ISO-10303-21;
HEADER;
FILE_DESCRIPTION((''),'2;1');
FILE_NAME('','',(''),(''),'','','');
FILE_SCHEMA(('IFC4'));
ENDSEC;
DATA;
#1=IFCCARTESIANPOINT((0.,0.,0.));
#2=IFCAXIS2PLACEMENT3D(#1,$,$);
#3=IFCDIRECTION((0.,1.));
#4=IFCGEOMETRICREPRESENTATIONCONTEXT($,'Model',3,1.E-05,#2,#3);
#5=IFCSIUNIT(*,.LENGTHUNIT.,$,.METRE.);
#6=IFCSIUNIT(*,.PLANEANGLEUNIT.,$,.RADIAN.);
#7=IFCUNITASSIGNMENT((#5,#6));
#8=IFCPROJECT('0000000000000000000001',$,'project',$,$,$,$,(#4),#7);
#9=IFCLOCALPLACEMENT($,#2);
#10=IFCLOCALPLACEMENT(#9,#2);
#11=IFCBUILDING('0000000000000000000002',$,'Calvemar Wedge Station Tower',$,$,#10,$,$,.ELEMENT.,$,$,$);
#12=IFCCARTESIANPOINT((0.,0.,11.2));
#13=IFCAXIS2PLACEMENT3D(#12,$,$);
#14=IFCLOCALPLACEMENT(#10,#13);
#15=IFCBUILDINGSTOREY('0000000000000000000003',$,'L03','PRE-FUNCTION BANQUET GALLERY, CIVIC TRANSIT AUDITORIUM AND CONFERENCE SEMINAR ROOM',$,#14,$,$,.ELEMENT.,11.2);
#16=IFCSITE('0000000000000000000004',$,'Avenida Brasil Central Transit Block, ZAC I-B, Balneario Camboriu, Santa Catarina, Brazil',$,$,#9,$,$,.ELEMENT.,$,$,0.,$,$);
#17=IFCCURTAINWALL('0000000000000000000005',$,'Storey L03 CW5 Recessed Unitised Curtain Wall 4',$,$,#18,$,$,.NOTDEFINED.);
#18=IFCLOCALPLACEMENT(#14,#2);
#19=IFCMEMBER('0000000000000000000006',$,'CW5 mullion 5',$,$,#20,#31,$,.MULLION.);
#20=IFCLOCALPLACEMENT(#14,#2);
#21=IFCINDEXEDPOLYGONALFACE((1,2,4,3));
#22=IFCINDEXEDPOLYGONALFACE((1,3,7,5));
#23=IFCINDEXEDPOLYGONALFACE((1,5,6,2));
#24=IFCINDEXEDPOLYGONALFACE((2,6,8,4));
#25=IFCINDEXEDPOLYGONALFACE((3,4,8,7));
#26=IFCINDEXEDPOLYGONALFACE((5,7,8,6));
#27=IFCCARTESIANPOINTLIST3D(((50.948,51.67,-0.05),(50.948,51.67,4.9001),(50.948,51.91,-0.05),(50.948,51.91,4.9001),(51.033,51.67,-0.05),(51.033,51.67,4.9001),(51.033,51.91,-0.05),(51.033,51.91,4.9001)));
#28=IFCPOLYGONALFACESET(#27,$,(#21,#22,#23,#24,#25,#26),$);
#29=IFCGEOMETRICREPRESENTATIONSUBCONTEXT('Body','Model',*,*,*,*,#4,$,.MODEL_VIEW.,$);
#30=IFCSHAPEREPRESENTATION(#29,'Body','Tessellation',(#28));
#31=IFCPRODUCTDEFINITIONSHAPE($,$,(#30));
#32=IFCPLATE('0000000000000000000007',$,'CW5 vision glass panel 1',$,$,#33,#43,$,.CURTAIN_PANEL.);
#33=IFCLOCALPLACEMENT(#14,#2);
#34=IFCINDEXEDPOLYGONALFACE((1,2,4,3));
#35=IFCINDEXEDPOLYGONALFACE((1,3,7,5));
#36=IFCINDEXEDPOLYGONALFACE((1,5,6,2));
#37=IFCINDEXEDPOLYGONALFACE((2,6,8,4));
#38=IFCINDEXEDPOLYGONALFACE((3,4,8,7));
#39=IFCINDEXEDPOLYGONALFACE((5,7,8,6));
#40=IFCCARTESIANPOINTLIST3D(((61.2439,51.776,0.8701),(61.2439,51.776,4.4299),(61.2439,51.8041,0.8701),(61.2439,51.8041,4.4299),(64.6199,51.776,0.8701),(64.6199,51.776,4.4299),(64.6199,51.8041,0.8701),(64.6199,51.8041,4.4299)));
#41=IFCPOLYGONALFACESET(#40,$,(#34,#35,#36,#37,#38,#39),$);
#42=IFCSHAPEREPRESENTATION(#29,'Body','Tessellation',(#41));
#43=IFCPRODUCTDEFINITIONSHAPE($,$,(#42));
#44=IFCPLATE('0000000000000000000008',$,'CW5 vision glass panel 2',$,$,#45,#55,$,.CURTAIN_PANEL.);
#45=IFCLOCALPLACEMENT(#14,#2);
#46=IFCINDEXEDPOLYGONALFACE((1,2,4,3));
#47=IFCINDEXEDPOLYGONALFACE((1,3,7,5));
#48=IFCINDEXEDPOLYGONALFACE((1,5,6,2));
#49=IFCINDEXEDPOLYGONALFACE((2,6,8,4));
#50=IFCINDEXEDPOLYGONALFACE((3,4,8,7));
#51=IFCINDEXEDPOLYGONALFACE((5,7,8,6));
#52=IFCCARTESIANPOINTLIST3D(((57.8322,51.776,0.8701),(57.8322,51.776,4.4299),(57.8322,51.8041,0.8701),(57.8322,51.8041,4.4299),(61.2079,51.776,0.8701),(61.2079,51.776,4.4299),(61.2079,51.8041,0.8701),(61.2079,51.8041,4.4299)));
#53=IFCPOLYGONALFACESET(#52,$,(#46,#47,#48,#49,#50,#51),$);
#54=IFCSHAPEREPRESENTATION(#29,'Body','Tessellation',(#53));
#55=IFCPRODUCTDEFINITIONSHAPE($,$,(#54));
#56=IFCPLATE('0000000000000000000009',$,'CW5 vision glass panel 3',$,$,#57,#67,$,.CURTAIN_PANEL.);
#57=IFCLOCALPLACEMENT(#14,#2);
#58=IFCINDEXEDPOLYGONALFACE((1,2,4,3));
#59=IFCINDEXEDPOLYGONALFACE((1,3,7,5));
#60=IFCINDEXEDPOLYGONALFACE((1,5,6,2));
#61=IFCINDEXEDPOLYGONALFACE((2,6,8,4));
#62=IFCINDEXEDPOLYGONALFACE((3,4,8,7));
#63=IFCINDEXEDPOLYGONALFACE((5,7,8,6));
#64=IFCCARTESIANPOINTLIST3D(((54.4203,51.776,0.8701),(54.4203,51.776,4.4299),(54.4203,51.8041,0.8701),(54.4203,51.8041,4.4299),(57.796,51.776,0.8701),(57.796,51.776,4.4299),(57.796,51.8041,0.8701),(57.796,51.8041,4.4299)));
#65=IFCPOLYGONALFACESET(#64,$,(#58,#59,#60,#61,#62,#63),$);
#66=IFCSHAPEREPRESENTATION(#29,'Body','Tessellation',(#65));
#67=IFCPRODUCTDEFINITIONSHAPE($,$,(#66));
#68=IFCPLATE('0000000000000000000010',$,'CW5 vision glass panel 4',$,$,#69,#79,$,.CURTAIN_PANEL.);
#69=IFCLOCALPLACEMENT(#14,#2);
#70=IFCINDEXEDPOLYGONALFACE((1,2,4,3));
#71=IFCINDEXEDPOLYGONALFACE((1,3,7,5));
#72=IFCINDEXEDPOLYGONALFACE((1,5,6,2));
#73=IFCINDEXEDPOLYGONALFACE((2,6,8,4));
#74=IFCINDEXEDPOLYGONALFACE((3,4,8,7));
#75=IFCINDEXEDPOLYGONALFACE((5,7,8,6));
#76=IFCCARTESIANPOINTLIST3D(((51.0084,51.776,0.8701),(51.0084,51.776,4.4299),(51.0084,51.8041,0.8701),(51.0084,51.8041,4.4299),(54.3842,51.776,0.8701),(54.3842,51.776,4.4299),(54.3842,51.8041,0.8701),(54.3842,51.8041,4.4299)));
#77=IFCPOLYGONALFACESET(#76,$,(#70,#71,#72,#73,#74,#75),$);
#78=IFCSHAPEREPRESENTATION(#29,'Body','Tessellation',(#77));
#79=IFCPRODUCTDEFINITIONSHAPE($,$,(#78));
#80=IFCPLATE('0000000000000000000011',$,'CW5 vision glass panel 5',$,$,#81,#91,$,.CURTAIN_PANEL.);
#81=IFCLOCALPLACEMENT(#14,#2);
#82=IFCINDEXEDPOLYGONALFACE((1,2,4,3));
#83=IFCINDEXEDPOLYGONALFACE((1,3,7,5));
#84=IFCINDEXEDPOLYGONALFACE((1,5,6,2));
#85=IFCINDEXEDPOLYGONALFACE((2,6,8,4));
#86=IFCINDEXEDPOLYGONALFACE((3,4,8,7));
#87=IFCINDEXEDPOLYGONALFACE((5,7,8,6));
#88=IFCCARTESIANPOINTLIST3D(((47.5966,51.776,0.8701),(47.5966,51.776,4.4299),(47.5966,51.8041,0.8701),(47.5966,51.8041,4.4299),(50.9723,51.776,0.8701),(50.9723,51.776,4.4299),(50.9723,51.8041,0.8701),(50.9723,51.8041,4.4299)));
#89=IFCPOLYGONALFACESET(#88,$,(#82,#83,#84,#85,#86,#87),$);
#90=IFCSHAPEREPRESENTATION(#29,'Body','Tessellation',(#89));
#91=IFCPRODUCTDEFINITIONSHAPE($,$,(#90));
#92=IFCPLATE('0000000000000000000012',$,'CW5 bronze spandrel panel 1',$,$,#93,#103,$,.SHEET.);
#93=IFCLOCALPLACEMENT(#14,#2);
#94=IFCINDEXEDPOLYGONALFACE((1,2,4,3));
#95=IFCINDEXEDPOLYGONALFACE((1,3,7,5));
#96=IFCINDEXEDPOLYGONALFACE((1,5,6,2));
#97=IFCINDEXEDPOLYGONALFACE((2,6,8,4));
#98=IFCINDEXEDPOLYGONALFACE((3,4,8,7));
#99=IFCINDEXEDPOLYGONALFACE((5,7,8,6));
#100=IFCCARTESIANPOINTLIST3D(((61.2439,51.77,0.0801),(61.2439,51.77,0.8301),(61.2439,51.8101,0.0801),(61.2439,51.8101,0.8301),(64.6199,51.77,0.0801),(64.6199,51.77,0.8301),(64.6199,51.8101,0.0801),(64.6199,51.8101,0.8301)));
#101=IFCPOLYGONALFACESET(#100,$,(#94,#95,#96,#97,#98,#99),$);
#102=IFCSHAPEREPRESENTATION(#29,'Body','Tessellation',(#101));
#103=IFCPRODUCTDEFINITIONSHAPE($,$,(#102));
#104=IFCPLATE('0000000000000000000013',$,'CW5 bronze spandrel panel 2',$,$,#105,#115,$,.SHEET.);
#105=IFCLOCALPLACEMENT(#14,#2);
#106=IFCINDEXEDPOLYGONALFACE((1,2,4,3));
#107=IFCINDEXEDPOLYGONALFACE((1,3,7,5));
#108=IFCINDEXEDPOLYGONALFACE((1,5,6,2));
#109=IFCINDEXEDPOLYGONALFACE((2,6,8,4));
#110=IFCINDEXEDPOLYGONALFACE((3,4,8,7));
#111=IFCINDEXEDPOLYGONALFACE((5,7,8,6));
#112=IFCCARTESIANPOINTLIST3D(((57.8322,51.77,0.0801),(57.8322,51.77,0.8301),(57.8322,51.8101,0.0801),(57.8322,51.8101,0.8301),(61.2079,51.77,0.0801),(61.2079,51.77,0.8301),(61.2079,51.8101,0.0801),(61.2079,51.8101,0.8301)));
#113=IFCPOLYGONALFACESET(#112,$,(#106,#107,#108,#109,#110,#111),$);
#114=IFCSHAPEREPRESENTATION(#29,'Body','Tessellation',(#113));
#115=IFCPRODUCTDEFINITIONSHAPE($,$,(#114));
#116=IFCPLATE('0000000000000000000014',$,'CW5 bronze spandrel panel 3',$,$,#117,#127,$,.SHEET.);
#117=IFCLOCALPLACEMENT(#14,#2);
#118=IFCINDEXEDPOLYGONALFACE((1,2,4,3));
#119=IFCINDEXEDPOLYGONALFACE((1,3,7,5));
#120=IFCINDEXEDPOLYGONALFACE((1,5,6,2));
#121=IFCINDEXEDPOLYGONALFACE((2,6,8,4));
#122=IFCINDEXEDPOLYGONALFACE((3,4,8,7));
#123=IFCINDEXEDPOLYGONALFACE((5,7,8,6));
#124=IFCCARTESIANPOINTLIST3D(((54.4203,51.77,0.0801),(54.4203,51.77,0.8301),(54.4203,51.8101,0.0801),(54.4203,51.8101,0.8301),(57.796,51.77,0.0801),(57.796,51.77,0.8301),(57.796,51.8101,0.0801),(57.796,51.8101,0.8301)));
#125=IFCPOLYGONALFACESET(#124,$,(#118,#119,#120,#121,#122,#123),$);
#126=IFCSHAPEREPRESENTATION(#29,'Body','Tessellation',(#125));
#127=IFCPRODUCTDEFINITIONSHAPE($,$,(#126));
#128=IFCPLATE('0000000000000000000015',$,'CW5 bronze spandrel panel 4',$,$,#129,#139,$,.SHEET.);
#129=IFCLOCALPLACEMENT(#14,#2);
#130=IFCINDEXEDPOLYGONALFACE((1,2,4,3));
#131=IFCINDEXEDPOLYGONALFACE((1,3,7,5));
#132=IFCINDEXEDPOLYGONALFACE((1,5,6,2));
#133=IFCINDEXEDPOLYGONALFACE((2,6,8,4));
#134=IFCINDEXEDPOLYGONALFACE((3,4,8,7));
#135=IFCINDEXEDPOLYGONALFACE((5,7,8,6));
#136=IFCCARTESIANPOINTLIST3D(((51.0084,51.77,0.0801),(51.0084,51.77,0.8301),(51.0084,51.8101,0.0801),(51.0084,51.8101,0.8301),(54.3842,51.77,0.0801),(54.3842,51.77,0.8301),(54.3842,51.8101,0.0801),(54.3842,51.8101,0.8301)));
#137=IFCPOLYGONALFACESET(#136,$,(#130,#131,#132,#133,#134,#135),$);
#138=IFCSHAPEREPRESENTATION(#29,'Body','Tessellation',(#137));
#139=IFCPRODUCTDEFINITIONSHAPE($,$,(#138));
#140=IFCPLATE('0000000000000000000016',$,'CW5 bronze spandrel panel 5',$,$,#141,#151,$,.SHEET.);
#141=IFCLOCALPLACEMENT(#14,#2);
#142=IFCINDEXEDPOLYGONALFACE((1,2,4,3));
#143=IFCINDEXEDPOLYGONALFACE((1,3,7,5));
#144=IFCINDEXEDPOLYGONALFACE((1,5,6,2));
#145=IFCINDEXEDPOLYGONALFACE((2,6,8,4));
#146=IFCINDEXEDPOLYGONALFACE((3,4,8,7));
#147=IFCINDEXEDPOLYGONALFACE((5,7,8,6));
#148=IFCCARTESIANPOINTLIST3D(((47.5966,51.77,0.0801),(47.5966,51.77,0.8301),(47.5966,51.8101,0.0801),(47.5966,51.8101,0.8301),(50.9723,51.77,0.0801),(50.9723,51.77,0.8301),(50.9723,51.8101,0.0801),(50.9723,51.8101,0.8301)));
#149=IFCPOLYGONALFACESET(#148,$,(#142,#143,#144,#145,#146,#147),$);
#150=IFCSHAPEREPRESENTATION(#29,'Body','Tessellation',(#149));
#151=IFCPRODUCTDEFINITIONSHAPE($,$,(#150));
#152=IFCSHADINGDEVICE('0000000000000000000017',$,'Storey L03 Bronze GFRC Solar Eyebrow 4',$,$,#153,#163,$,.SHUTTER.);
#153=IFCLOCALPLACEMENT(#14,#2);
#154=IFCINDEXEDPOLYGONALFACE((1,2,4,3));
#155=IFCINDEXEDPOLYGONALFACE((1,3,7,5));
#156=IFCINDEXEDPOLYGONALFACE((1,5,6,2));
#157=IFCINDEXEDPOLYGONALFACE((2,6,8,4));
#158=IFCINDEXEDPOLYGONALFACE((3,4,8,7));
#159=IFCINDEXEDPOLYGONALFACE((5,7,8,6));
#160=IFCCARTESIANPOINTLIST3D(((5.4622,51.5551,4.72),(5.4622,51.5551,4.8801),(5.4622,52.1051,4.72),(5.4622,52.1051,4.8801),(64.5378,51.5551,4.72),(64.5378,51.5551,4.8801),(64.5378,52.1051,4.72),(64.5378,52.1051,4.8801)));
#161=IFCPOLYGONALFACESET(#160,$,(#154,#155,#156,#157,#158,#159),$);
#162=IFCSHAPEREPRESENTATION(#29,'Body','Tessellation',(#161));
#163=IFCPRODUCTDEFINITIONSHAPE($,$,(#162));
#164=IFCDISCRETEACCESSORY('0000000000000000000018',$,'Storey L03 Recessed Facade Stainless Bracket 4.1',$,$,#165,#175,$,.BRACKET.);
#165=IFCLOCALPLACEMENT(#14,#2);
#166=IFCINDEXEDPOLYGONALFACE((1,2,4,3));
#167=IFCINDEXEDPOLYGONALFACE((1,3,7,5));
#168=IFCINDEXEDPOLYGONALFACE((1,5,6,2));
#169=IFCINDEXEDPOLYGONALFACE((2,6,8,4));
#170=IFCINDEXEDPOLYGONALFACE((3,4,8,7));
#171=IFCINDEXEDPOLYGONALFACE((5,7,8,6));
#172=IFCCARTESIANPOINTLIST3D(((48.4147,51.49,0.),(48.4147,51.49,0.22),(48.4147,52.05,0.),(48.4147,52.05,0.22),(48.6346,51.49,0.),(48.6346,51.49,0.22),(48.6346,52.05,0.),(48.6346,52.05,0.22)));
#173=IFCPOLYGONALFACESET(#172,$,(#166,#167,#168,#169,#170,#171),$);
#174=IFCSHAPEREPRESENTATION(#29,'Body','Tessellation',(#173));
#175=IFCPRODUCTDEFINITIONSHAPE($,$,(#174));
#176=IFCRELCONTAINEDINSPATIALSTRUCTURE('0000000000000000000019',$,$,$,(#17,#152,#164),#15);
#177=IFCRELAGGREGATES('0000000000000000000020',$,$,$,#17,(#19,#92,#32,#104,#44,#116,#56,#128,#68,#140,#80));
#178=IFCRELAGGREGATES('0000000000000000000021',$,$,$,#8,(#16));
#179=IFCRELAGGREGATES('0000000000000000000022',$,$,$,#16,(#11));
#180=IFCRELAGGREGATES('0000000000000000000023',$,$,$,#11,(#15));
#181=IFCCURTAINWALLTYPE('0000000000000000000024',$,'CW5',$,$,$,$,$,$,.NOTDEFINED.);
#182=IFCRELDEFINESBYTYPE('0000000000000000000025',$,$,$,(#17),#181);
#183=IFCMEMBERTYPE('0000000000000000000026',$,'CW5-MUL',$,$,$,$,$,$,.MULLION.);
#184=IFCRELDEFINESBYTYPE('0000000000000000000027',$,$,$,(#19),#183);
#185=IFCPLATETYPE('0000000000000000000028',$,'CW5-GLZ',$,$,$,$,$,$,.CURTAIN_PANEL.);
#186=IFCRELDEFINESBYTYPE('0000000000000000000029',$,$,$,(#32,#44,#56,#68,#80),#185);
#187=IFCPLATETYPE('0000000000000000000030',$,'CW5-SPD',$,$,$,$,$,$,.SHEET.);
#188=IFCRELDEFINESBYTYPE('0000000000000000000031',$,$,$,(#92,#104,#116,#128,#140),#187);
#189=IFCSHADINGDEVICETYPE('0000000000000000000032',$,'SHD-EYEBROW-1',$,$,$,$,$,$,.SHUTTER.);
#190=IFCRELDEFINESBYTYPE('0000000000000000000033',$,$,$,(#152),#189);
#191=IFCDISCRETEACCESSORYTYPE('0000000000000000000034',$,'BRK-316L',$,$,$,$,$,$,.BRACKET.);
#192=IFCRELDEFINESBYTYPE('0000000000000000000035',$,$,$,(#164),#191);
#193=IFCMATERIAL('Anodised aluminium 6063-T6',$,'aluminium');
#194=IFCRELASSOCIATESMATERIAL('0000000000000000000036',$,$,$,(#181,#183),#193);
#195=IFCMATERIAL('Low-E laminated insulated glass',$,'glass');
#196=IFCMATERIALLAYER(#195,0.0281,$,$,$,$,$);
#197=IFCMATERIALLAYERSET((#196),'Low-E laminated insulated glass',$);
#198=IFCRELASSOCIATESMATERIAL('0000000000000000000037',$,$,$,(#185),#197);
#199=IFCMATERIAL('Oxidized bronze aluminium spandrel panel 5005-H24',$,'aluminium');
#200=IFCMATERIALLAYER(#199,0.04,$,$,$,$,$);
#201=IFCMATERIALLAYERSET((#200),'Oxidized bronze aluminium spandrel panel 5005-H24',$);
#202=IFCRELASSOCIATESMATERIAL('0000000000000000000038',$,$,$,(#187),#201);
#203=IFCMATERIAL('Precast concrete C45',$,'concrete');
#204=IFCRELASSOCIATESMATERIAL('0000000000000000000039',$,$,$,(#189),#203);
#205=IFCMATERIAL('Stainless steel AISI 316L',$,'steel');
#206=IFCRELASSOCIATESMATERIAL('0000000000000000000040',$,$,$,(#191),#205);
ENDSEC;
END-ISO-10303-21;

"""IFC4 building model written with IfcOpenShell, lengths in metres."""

from ifc_helpers import new_model, si_unit, direction, frame, frame_2d, origin, origin_2d, place, context, subcontext, project, spatial, rectangle, extrude, source, transform, mapped, material, layer, layer_set, material_profile, profile_set, type_object, element, aggregate, save


model = new_model("IFC4")

# Units and contexts
model_context = context("Model", 3, precision=1e-05, world=origin(), true_north=direction((0.0, 1.0)))
body_context = subcontext(model_context, "Body", "Model", "MODEL_VIEW")
ifc_project = project(units=[si_unit("LENGTHUNIT", "METRE"), si_unit("PLANEANGLEUNIT", "RADIAN")], contexts=[model_context])

# Site, building, storey
site_placement = place(None, origin())
site = spatial("IfcSite", under=ifc_project, at=site_placement, Name="Avenida Brasil Central Transit Block, ZAC I-B, Balneario Camboriu, Santa Catarina, Brazil", CompositionType="ELEMENT", RefElevation=0.0)
building_placement = place(site_placement, origin())
building = spatial("IfcBuilding", under=site, at=building_placement, Name="Calvemar Wedge Station Tower", CompositionType="ELEMENT")
storey_placement = place(building_placement, frame((0.0, 0.0, 11.2)))
storey = spatial("IfcBuildingStorey", under=building, at=storey_placement, Name="L03", Description="PRE-FUNCTION BANQUET GALLERY, CIVIC TRANSIT AUDITORIUM AND CONFERENCE SEMINAR ROOM", CompositionType="ELEMENT", Elevation=11.2)

# Curtain wall, member, plates
ifc_material_1 = material(Name="Anodised aluminium 6063-T6", Category="aluminium")
curtain_wall_type = type_object("IfcCurtainWallType", Name="CW5", PredefinedType="NOTDEFINED", material=ifc_material_1)
curtain_wall_placement = place(storey_placement, origin())
curtain_wall = element("IfcCurtainWall", 1, at=curtain_wall_placement, inside=storey, type_object=curtain_wall_type, Name="Storey L03 CW5 Recessed Unitised Curtain Wall 4", PredefinedType="NOTDEFINED")
ifc_material_profile_1 = material_profile(ifc_material_1, rectangle(XDim=0.085, YDim=0.24, at=origin_2d()), Name="AL-MUL-85x240")
ifc_profile_set_1 = profile_set([ifc_material_profile_1], Name="Anodised aluminium 6063-T6")
member_type = type_object("IfcMemberType", Name="CW5-MUL", PredefinedType="MULLION", material=ifc_profile_set_1)
shared_shape_1 = source(origin(), body_context, "Body", "SweptSolid", [
    extrude(rectangle(XDim=0.085, YDim=0.24, at=origin_2d()), origin(), (0.0, 0.0, 1.0), 4.9502),
])
member_1_placement = place(storey_placement, frame((50.9905, 51.79, -0.05), z_axis=(0.0, 0.0, 1.0), x_axis=(1.0, 0.0, 0.0)))
member_1 = element("IfcMember", 2, at=member_1_placement, type_object=member_type, Name="CW5 mullion 5", PredefinedType="MULLION", context=body_context, shape_type="MappedRepresentation", body=[
    mapped(shared_shape_1, transform((0.0, 0.0, 0.0), scale=1.0)),
])
ifc_material_2 = material(Name="Low-E laminated insulated glass", Category="glass")
ifc_layer_1 = layer(ifc_material_2, 0.0281)
ifc_layer_set_1 = layer_set([ifc_layer_1], Name="Low-E laminated insulated glass")
plate_type_1 = type_object("IfcPlateType", Name="CW5-GLZ", PredefinedType="CURTAIN_PANEL", material=ifc_layer_set_1)
plate_1_placement = place(storey_placement, frame((64.6199, 51.79, 0.8701), z_axis=(0.0, 0.0, 1.0), x_axis=(-1.0, 0.0, 0.0)))
plate_1 = element("IfcPlate", 3, at=plate_1_placement, type_object=plate_type_1, Name="CW5 vision glass panel 1", PredefinedType="CURTAIN_PANEL", context=body_context, shape_type="SweptSolid", body=[
    extrude(rectangle(XDim=3.376, YDim=0.0281, at=frame_2d((1.688, 0.0))), origin(), (0.0, 0.0, 1.0), 3.5598),
])
plate_2_placement = place(storey_placement, frame((61.208, 51.79, 0.8701), z_axis=(0.0, 0.0, 1.0), x_axis=(-1.0, 0.0, 0.0)))
plate_2 = element("IfcPlate", 4, at=plate_2_placement, type_object=plate_type_1, Name="CW5 vision glass panel 2", PredefinedType="CURTAIN_PANEL", context=body_context, shape_type="SweptSolid", body=[
    extrude(rectangle(XDim=3.3757, YDim=0.0281, at=frame_2d((1.688, 0.0))), origin(), (0.0, 0.0, 1.0), 3.5598),
])
plate_3_placement = place(storey_placement, frame((57.7961, 51.79, 0.8701), z_axis=(0.0, 0.0, 1.0), x_axis=(-1.0, 0.0, 0.0)))
plate_3 = element("IfcPlate", 5, at=plate_3_placement, type_object=plate_type_1, Name="CW5 vision glass panel 3", PredefinedType="CURTAIN_PANEL", context=body_context, shape_type="SweptSolid", body=[
    extrude(rectangle(XDim=3.3757, YDim=0.0281, at=frame_2d((1.688, 0.0))), origin(), (0.0, 0.0, 1.0), 3.5598),
])
plate_4_placement = place(storey_placement, frame((54.3843, 51.79, 0.8701), z_axis=(0.0, 0.0, 1.0), x_axis=(-1.0, 0.0, 0.0)))
plate_4 = element("IfcPlate", 6, at=plate_4_placement, type_object=plate_type_1, Name="CW5 vision glass panel 4", PredefinedType="CURTAIN_PANEL", context=body_context, shape_type="SweptSolid", body=[
    extrude(rectangle(XDim=3.3757, YDim=0.0281, at=frame_2d((1.688, 0.0))), origin(), (0.0, 0.0, 1.0), 3.5598),
])
plate_5_placement = place(storey_placement, frame((50.9724, 51.79, 0.8701), z_axis=(0.0, 0.0, 1.0), x_axis=(-1.0, 0.0, 0.0)))
plate_5 = element("IfcPlate", 7, at=plate_5_placement, type_object=plate_type_1, Name="CW5 vision glass panel 5", PredefinedType="CURTAIN_PANEL", context=body_context, shape_type="SweptSolid", body=[
    extrude(rectangle(XDim=3.3757, YDim=0.0281, at=frame_2d((1.688, 0.0))), origin(), (0.0, 0.0, 1.0), 3.5598),
])
ifc_material_3 = material(Name="Oxidized bronze aluminium spandrel panel 5005-H24", Category="aluminium")
ifc_layer_2 = layer(ifc_material_3, 0.04)
ifc_layer_set_2 = layer_set([ifc_layer_2], Name="Oxidized bronze aluminium spandrel panel 5005-H24")
plate_type_2 = type_object("IfcPlateType", Name="CW5-SPD", PredefinedType="SHEET", material=ifc_layer_set_2)
plate_6_placement = place(storey_placement, frame((64.6199, 51.79, 0.0801), z_axis=(0.0, 0.0, 1.0), x_axis=(-1.0, 0.0, 0.0)))
plate_6 = element("IfcPlate", 8, at=plate_6_placement, type_object=plate_type_2, Name="CW5 bronze spandrel panel 1", PredefinedType="SHEET", context=body_context, shape_type="SweptSolid", body=[
    extrude(rectangle(XDim=3.376, YDim=0.04, at=frame_2d((1.688, 0.0))), origin(), (0.0, 0.0, 1.0), 0.75),
])
plate_7_placement = place(storey_placement, frame((61.208, 51.79, 0.0801), z_axis=(0.0, 0.0, 1.0), x_axis=(-1.0, 0.0, 0.0)))
plate_7 = element("IfcPlate", 9, at=plate_7_placement, type_object=plate_type_2, Name="CW5 bronze spandrel panel 2", PredefinedType="SHEET", context=body_context, shape_type="SweptSolid", body=[
    extrude(rectangle(XDim=3.3757, YDim=0.04, at=frame_2d((1.688, 0.0))), origin(), (0.0, 0.0, 1.0), 0.75),
])
plate_8_placement = place(storey_placement, frame((57.7961, 51.79, 0.0801), z_axis=(0.0, 0.0, 1.0), x_axis=(-1.0, 0.0, 0.0)))
plate_8 = element("IfcPlate", 10, at=plate_8_placement, type_object=plate_type_2, Name="CW5 bronze spandrel panel 3", PredefinedType="SHEET", context=body_context, shape_type="SweptSolid", body=[
    extrude(rectangle(XDim=3.3757, YDim=0.04, at=frame_2d((1.688, 0.0))), origin(), (0.0, 0.0, 1.0), 0.75),
])
plate_9_placement = place(storey_placement, frame((54.3843, 51.79, 0.0801), z_axis=(0.0, 0.0, 1.0), x_axis=(-1.0, 0.0, 0.0)))
plate_9 = element("IfcPlate", 11, at=plate_9_placement, type_object=plate_type_2, Name="CW5 bronze spandrel panel 4", PredefinedType="SHEET", context=body_context, shape_type="SweptSolid", body=[
    extrude(rectangle(XDim=3.3757, YDim=0.04, at=frame_2d((1.688, 0.0))), origin(), (0.0, 0.0, 1.0), 0.75),
])
plate_10_placement = place(storey_placement, frame((50.9724, 51.79, 0.0801), z_axis=(0.0, 0.0, 1.0), x_axis=(-1.0, 0.0, 0.0)))
plate_10 = element("IfcPlate", 12, at=plate_10_placement, type_object=plate_type_2, Name="CW5 bronze spandrel panel 5", PredefinedType="SHEET", context=body_context, shape_type="SweptSolid", body=[
    extrude(rectangle(XDim=3.3757, YDim=0.04, at=frame_2d((1.688, 0.0))), origin(), (0.0, 0.0, 1.0), 0.75),
])
aggregate(curtain_wall, [member_1, plate_6, plate_1, plate_7, plate_2, plate_8, plate_3, plate_9, plate_4, plate_10, plate_5])

# Shading device
ifc_material_4 = material(Name="Precast concrete C45", Category="concrete")
shading_device_type = type_object("IfcShadingDeviceType", Name="SHD-EYEBROW-1", PredefinedType="SHUTTER", material=ifc_material_4)
shading_device_placement = place(storey_placement, frame((64.5378, 51.8301, 4.72), z_axis=(0.0, 0.0, 1.0), x_axis=(-1.0, 0.0, 0.0)))
element("IfcShadingDevice", 13, at=shading_device_placement, inside=storey, type_object=shading_device_type, Name="Storey L03 Bronze GFRC Solar Eyebrow 4", PredefinedType="SHUTTER", context=body_context, shape_type="SweptSolid", body=[
    extrude(rectangle(XDim=59.0757, YDim=0.55, at=frame_2d((29.5378, 0.0))), origin(), (0.0, 0.0, 1.0), 0.1602),
])

# Discrete accessory
ifc_material_5 = material(Name="Stainless steel AISI 316L", Category="steel")
discrete_accessory_type = type_object("IfcDiscreteAccessoryType", Name="BRK-316L", PredefinedType="BRACKET", material=ifc_material_5)
shared_shape_2 = source(origin(), body_context, "Body", "SweptSolid", [
    extrude(rectangle(XDim=0.22, YDim=0.5601, at=origin_2d()), origin(), (0.0, 0.0, 1.0), 0.22),
])
discrete_accessory_placement = place(storey_placement, frame((48.5247, 51.77, 0.0), z_axis=(0.0, 0.0, 1.0), x_axis=(-1.0, 0.0, 0.0)))
element("IfcDiscreteAccessory", 14, at=discrete_accessory_placement, inside=storey, type_object=discrete_accessory_type, Name="Storey L03 Recessed Facade Stainless Bracket 4.1", PredefinedType="BRACKET", context=body_context, shape_type="MappedRepresentation", body=[
    mapped(shared_shape_2, transform((0.0, 0.0, 0.0), scale=1.0)),
])

save(model, "model.ifc")
